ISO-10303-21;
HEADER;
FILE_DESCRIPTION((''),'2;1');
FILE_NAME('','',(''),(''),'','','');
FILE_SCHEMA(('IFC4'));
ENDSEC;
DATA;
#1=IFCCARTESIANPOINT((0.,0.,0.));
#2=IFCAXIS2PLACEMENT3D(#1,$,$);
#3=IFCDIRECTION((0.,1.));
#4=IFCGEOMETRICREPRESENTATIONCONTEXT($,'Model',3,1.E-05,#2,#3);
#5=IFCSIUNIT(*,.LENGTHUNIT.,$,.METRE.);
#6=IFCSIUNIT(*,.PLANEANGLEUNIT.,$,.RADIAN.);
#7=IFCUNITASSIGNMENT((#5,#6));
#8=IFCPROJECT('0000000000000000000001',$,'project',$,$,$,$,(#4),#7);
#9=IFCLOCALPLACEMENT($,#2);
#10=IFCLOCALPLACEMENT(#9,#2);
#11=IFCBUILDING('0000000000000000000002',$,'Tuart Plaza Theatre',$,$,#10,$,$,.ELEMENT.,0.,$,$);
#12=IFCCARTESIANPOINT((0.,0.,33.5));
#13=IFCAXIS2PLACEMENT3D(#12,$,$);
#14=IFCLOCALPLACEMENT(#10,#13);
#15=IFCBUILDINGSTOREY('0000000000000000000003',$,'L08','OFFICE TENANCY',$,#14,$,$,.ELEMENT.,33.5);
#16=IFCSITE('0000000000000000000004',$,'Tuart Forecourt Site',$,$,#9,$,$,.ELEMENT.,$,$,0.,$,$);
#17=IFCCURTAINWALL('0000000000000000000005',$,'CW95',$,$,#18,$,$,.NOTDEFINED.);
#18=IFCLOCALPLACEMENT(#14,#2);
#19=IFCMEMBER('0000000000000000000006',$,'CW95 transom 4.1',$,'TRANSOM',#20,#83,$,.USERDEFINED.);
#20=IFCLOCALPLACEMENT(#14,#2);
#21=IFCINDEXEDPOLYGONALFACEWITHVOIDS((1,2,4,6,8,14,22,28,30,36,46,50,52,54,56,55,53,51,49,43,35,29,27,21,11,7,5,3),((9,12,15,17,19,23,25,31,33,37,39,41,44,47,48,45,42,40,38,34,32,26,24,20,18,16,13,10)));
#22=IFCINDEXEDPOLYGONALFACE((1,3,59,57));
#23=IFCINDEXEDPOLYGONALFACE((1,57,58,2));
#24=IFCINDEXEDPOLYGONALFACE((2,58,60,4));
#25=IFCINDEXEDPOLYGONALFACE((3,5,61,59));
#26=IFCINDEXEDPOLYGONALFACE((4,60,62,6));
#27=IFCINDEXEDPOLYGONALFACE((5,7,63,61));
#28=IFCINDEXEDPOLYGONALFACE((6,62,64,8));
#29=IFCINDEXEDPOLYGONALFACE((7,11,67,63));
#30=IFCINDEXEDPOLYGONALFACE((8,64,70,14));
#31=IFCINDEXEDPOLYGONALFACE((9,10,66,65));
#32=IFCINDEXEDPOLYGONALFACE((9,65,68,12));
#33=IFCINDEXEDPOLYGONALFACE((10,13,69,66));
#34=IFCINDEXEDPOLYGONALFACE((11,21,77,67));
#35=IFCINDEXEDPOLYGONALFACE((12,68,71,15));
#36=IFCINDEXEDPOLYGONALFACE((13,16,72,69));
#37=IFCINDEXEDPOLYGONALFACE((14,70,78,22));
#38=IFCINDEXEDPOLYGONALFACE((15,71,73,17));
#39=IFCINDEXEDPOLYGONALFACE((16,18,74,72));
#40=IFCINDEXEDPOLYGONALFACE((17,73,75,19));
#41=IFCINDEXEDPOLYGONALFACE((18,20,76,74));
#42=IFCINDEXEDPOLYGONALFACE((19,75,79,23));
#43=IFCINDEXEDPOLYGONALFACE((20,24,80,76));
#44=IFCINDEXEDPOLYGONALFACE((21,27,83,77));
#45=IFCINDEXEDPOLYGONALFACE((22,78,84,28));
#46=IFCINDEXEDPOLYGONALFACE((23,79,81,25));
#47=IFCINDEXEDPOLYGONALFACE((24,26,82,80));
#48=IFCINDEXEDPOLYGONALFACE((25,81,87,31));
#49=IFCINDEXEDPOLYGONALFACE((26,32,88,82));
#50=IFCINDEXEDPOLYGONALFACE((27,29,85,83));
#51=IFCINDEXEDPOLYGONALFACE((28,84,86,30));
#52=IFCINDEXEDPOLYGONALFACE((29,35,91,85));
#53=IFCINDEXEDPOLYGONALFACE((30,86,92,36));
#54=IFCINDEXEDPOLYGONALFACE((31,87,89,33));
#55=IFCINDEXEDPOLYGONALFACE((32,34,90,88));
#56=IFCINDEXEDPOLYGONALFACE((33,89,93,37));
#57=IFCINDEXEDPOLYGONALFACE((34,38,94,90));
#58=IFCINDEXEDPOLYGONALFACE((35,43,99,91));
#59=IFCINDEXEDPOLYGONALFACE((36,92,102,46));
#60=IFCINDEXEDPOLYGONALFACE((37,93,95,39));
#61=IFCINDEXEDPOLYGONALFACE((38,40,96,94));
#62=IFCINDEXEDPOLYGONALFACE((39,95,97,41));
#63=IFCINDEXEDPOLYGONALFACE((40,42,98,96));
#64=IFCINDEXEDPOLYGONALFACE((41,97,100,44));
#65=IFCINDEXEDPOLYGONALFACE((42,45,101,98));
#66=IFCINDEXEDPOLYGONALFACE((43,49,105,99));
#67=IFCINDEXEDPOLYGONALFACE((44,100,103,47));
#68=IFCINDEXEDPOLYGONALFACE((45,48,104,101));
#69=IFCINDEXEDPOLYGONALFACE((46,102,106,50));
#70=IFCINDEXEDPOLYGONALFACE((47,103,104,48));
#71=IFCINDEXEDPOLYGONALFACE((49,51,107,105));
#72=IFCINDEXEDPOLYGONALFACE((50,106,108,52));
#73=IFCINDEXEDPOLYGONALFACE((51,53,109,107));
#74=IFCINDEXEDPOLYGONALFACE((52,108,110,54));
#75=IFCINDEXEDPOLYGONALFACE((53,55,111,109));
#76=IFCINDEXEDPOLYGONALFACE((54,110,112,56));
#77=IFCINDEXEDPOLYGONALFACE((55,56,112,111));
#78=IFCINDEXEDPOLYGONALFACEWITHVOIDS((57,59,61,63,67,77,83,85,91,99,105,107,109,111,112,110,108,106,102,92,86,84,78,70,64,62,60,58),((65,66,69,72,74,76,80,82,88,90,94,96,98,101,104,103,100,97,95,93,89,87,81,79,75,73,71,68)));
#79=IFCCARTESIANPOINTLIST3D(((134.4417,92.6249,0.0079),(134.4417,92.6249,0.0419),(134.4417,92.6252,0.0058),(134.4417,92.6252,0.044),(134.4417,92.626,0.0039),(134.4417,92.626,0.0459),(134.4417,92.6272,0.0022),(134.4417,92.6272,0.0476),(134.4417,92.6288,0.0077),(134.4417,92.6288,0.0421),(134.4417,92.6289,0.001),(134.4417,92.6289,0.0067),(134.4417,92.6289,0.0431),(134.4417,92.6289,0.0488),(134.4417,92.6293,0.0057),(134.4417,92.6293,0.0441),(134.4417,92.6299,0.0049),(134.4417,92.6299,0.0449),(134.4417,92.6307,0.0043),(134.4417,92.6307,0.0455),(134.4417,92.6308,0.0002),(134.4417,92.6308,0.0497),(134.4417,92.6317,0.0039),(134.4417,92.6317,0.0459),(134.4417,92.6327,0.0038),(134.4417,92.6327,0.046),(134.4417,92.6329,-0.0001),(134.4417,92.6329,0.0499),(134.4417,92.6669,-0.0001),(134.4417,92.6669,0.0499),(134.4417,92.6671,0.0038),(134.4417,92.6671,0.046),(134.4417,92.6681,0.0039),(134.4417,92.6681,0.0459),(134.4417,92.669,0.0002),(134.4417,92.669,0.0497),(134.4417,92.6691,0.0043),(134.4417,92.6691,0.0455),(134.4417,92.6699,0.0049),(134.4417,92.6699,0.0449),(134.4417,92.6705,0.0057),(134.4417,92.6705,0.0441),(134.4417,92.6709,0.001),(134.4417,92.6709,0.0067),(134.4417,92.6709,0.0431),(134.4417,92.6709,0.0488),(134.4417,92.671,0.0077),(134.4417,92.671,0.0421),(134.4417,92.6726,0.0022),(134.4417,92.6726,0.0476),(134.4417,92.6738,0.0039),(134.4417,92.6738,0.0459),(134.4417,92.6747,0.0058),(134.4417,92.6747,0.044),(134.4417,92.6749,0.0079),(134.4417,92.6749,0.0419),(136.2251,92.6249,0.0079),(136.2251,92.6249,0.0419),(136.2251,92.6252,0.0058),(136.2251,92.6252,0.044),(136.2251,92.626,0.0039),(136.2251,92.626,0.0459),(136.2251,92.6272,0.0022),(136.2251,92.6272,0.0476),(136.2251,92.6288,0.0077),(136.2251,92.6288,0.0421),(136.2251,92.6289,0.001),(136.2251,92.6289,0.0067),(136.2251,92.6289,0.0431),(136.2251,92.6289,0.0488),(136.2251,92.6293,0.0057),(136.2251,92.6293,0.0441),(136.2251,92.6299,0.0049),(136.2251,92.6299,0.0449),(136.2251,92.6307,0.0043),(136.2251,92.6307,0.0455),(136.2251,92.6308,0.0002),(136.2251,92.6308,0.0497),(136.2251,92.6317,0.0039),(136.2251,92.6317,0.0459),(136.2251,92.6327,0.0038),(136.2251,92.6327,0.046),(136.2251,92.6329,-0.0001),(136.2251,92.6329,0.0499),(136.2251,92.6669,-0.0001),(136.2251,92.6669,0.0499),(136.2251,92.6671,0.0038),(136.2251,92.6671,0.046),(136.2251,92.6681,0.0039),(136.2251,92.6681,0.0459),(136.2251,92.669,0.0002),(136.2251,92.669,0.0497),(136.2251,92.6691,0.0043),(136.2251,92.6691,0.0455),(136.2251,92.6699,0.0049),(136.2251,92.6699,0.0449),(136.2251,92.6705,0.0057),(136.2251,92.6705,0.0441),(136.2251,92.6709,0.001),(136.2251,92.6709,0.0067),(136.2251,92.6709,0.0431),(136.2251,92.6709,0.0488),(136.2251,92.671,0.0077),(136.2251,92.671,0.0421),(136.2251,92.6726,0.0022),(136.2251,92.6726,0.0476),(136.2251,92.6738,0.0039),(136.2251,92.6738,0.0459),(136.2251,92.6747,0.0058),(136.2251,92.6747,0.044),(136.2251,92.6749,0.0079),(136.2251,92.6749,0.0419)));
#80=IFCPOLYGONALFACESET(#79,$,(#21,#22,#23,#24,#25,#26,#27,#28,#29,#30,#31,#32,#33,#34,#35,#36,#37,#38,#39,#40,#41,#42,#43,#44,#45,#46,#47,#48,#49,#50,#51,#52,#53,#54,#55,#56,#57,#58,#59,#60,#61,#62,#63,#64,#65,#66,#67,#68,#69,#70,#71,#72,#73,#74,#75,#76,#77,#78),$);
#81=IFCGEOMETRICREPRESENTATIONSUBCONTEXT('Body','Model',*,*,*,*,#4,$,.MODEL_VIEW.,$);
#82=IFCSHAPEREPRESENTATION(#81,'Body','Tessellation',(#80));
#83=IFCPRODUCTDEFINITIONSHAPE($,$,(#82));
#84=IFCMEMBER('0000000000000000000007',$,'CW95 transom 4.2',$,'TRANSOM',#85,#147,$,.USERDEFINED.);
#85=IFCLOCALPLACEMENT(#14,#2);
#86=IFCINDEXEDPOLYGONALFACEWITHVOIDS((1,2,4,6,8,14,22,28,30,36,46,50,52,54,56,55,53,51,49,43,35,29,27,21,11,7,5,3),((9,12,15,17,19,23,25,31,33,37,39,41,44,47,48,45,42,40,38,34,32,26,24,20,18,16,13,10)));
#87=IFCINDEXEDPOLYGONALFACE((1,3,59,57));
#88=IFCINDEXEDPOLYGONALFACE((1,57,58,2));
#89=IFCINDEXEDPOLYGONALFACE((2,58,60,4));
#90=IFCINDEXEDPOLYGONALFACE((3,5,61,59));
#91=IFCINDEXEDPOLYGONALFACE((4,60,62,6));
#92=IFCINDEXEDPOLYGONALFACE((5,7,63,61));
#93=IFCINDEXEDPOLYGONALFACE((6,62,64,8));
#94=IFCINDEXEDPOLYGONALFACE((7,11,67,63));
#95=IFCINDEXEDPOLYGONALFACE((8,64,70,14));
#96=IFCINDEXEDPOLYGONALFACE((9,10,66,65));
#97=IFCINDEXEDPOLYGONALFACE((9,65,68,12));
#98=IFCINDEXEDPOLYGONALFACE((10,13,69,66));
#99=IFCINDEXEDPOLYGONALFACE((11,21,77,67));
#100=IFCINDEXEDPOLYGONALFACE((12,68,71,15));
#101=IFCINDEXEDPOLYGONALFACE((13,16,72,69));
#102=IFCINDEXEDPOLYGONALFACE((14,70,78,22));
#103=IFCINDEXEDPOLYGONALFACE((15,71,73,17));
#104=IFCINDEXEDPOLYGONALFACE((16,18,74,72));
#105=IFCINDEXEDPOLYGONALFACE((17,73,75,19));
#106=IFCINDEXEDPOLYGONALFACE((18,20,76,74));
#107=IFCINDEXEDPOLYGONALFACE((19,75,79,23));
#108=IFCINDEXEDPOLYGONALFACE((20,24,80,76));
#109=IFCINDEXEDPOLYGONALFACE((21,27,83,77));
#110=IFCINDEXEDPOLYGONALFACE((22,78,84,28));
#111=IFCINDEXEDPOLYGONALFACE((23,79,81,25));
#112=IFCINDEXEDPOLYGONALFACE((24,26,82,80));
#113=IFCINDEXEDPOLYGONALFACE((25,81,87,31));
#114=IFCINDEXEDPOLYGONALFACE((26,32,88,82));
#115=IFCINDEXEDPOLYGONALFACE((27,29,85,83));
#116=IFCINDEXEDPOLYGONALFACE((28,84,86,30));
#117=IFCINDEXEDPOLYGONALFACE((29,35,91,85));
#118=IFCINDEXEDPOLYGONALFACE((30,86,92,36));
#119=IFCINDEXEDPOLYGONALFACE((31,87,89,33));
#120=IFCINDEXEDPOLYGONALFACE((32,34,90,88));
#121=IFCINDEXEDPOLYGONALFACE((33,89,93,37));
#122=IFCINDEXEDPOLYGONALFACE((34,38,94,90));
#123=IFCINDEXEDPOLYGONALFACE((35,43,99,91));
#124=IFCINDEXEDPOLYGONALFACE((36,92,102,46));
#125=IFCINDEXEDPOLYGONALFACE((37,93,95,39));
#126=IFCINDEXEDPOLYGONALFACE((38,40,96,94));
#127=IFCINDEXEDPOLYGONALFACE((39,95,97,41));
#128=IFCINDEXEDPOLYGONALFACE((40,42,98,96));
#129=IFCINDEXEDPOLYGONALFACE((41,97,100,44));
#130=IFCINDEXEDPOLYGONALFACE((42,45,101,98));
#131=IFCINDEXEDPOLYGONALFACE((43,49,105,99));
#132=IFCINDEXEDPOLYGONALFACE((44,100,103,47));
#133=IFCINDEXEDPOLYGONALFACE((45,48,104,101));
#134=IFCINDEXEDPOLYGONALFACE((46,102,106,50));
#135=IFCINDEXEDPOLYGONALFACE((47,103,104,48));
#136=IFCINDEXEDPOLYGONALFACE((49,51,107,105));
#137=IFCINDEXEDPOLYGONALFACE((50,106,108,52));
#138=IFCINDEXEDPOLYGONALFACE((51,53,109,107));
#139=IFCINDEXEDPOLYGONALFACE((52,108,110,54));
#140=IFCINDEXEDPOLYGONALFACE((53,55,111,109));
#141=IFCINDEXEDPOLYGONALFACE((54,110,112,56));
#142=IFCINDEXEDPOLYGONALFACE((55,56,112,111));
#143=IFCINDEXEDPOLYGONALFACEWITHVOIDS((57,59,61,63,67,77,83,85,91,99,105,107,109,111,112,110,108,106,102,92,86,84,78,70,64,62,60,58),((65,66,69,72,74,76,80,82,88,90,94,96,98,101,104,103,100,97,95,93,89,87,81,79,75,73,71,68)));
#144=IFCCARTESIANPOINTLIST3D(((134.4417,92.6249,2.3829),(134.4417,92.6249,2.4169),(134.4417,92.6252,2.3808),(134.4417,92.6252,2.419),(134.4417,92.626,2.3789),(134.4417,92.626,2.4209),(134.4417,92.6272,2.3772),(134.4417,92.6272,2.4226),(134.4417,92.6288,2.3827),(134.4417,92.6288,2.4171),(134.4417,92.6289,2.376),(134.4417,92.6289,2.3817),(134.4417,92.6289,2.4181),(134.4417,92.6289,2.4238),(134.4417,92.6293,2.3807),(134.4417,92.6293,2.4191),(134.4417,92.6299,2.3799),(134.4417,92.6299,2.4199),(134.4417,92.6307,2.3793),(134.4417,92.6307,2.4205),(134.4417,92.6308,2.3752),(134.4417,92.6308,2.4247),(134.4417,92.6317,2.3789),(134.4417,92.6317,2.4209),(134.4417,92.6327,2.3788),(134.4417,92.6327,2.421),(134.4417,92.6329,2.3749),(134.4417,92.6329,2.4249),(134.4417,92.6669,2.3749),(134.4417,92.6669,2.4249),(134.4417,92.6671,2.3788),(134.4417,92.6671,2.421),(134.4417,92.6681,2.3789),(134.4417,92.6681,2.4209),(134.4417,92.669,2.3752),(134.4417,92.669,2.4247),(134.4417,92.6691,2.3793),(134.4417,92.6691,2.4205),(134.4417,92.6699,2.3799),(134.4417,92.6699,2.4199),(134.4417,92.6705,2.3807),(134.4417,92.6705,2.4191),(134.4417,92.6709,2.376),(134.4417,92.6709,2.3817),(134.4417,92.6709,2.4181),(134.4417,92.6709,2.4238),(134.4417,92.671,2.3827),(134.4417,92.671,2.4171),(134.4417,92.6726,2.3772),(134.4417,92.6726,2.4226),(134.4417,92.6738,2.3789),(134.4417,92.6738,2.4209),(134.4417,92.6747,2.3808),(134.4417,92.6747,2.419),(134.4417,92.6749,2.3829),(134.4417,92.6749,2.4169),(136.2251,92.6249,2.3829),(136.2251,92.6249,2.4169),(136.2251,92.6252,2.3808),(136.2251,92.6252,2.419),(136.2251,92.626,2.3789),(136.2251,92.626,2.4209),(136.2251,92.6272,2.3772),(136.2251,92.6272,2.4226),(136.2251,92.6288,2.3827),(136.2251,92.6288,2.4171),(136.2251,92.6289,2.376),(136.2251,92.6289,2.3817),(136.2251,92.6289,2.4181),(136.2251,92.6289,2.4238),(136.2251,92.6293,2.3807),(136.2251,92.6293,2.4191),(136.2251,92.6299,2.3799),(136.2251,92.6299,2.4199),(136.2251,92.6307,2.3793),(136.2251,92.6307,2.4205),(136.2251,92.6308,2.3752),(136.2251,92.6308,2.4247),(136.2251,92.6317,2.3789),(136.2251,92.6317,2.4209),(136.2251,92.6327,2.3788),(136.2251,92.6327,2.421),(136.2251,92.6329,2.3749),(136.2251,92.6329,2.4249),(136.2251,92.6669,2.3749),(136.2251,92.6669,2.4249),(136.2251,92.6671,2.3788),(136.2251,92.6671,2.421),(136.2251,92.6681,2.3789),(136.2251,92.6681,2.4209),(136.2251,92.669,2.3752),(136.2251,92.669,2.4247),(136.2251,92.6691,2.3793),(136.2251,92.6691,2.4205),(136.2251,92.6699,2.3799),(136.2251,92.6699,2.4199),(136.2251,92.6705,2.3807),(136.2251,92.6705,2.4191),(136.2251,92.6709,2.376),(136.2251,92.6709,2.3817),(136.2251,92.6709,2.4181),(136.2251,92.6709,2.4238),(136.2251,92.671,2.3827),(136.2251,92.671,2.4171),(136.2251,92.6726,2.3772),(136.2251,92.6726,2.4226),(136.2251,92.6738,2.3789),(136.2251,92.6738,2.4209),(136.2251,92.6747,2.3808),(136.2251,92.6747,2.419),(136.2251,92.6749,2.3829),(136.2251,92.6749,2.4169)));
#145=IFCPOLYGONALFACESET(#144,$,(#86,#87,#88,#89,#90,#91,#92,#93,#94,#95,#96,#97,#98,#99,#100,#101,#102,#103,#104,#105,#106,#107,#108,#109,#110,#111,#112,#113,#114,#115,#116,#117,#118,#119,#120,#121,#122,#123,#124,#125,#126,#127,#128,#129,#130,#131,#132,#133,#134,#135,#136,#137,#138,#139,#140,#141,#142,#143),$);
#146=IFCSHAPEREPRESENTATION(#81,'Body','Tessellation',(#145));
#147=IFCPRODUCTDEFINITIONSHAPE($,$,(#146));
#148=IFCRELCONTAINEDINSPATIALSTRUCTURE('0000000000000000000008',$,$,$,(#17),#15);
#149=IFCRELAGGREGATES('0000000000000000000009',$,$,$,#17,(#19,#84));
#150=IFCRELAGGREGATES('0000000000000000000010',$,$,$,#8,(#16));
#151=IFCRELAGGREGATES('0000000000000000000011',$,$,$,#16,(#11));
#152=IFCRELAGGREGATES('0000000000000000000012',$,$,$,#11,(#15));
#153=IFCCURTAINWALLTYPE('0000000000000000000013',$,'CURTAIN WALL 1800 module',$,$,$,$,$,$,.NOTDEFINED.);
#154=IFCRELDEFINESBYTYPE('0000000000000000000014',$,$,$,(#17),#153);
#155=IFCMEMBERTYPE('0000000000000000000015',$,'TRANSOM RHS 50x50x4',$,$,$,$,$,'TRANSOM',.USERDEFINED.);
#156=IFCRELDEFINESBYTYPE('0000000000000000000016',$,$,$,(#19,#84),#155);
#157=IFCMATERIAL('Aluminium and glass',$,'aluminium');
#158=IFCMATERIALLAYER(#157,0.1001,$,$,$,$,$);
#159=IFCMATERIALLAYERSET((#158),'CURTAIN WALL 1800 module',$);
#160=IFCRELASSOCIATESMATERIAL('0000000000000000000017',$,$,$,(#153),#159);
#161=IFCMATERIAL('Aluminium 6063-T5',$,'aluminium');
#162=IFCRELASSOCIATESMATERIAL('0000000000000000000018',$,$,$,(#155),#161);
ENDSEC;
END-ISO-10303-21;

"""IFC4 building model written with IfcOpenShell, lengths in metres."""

from ifc_helpers import new_model, si_unit, direction, frame, origin, origin_2d, place, context, subcontext, project, spatial, hollow_rectangle, extrude, material, layer, layer_set, material_profile, profile_set, type_object, element, aggregate, save


model = new_model("IFC4")

# Units and contexts
model_context = context("Model", 3, precision=1e-05, world=origin(), true_north=direction((0.0, 1.0)))
body_context = subcontext(model_context, "Body", "Model", "MODEL_VIEW")
ifc_project = project(units=[si_unit("LENGTHUNIT", "METRE"), si_unit("PLANEANGLEUNIT", "RADIAN")], contexts=[model_context])

# Site, building, storey
site_placement = place(None, origin())
site = spatial("IfcSite", under=ifc_project, at=site_placement, Name="Tuart Forecourt Site", CompositionType="ELEMENT", RefElevation=0.0)
building_placement = place(site_placement, origin())
building = spatial("IfcBuilding", under=site, at=building_placement, Name="Tuart Plaza Theatre", CompositionType="ELEMENT", ElevationOfRefHeight=0.0)
storey_placement = place(building_placement, frame((0.0, 0.0, 33.5)))
storey = spatial("IfcBuildingStorey", under=building, at=storey_placement, Name="L08", Description="OFFICE TENANCY", CompositionType="ELEMENT", Elevation=33.5)

# Curtain wall, members
ifc_material_1 = material(Name="Aluminium and glass", Category="aluminium")
ifc_layer_1 = layer(ifc_material_1, 0.1001)
ifc_layer_set_1 = layer_set([ifc_layer_1], Name="CURTAIN WALL 1800 module")
curtain_wall_type = type_object("IfcCurtainWallType", Name="CURTAIN WALL 1800 module", PredefinedType="NOTDEFINED", material=ifc_layer_set_1)
curtain_wall_placement = place(storey_placement, origin())
curtain_wall = element("IfcCurtainWall", 1, at=curtain_wall_placement, inside=storey, type_object=curtain_wall_type, Name="CW95", PredefinedType="NOTDEFINED")
ifc_material_2 = material(Name="Aluminium 6063-T5", Category="aluminium")
ifc_material_profile_1 = material_profile(ifc_material_2, hollow_rectangle(XDim=0.05, YDim=0.05, WallThickness=0.0039, InnerFilletRadius=0.0039, OuterFilletRadius=0.0081, at=origin_2d()), Name="RHS 50x50x4")
ifc_profile_set_1 = profile_set([ifc_material_profile_1], Name="Aluminium 6063-T5")
member_type_1 = type_object("IfcMemberType", Name="TRANSOM RHS 50x50x4", ElementType="TRANSOM", PredefinedType="USERDEFINED", material=ifc_profile_set_1)
member_1_placement = place(storey_placement, frame((136.2251, 92.6499, 0.0249), z_axis=(-1.0, 0.0, 0.0), x_axis=(0.0, -1.0, 0.0)))
member_1 = element("IfcMember", 2, at=member_1_placement, type_object=member_type_1, Name="CW95 transom 4.1", ObjectType="TRANSOM", PredefinedType="USERDEFINED", context=body_context, shape_type="SweptSolid", body=[
    extrude(hollow_rectangle(XDim=0.05, YDim=0.05, WallThickness=0.0039, InnerFilletRadius=0.0039, OuterFilletRadius=0.0081, at=origin_2d()), origin(), (0.0, 0.0, 1.0), 1.7834),
])
member_2_placement = place(storey_placement, frame((136.2251, 92.6499, 2.3999), z_axis=(-1.0, 0.0, 0.0), x_axis=(0.0, -1.0, 0.0)))
member_2 = element("IfcMember", 3, at=member_2_placement, type_object=member_type_1, Name="CW95 transom 4.2", ObjectType="TRANSOM", PredefinedType="USERDEFINED", context=body_context, shape_type="SweptSolid", body=[
    extrude(hollow_rectangle(XDim=0.05, YDim=0.05, WallThickness=0.0039, InnerFilletRadius=0.0039, OuterFilletRadius=0.0081, at=origin_2d()), origin(), (0.0, 0.0, 1.0), 1.7834),
])
aggregate(curtain_wall, [member_1, member_2])

save(model, "model.ifc")
